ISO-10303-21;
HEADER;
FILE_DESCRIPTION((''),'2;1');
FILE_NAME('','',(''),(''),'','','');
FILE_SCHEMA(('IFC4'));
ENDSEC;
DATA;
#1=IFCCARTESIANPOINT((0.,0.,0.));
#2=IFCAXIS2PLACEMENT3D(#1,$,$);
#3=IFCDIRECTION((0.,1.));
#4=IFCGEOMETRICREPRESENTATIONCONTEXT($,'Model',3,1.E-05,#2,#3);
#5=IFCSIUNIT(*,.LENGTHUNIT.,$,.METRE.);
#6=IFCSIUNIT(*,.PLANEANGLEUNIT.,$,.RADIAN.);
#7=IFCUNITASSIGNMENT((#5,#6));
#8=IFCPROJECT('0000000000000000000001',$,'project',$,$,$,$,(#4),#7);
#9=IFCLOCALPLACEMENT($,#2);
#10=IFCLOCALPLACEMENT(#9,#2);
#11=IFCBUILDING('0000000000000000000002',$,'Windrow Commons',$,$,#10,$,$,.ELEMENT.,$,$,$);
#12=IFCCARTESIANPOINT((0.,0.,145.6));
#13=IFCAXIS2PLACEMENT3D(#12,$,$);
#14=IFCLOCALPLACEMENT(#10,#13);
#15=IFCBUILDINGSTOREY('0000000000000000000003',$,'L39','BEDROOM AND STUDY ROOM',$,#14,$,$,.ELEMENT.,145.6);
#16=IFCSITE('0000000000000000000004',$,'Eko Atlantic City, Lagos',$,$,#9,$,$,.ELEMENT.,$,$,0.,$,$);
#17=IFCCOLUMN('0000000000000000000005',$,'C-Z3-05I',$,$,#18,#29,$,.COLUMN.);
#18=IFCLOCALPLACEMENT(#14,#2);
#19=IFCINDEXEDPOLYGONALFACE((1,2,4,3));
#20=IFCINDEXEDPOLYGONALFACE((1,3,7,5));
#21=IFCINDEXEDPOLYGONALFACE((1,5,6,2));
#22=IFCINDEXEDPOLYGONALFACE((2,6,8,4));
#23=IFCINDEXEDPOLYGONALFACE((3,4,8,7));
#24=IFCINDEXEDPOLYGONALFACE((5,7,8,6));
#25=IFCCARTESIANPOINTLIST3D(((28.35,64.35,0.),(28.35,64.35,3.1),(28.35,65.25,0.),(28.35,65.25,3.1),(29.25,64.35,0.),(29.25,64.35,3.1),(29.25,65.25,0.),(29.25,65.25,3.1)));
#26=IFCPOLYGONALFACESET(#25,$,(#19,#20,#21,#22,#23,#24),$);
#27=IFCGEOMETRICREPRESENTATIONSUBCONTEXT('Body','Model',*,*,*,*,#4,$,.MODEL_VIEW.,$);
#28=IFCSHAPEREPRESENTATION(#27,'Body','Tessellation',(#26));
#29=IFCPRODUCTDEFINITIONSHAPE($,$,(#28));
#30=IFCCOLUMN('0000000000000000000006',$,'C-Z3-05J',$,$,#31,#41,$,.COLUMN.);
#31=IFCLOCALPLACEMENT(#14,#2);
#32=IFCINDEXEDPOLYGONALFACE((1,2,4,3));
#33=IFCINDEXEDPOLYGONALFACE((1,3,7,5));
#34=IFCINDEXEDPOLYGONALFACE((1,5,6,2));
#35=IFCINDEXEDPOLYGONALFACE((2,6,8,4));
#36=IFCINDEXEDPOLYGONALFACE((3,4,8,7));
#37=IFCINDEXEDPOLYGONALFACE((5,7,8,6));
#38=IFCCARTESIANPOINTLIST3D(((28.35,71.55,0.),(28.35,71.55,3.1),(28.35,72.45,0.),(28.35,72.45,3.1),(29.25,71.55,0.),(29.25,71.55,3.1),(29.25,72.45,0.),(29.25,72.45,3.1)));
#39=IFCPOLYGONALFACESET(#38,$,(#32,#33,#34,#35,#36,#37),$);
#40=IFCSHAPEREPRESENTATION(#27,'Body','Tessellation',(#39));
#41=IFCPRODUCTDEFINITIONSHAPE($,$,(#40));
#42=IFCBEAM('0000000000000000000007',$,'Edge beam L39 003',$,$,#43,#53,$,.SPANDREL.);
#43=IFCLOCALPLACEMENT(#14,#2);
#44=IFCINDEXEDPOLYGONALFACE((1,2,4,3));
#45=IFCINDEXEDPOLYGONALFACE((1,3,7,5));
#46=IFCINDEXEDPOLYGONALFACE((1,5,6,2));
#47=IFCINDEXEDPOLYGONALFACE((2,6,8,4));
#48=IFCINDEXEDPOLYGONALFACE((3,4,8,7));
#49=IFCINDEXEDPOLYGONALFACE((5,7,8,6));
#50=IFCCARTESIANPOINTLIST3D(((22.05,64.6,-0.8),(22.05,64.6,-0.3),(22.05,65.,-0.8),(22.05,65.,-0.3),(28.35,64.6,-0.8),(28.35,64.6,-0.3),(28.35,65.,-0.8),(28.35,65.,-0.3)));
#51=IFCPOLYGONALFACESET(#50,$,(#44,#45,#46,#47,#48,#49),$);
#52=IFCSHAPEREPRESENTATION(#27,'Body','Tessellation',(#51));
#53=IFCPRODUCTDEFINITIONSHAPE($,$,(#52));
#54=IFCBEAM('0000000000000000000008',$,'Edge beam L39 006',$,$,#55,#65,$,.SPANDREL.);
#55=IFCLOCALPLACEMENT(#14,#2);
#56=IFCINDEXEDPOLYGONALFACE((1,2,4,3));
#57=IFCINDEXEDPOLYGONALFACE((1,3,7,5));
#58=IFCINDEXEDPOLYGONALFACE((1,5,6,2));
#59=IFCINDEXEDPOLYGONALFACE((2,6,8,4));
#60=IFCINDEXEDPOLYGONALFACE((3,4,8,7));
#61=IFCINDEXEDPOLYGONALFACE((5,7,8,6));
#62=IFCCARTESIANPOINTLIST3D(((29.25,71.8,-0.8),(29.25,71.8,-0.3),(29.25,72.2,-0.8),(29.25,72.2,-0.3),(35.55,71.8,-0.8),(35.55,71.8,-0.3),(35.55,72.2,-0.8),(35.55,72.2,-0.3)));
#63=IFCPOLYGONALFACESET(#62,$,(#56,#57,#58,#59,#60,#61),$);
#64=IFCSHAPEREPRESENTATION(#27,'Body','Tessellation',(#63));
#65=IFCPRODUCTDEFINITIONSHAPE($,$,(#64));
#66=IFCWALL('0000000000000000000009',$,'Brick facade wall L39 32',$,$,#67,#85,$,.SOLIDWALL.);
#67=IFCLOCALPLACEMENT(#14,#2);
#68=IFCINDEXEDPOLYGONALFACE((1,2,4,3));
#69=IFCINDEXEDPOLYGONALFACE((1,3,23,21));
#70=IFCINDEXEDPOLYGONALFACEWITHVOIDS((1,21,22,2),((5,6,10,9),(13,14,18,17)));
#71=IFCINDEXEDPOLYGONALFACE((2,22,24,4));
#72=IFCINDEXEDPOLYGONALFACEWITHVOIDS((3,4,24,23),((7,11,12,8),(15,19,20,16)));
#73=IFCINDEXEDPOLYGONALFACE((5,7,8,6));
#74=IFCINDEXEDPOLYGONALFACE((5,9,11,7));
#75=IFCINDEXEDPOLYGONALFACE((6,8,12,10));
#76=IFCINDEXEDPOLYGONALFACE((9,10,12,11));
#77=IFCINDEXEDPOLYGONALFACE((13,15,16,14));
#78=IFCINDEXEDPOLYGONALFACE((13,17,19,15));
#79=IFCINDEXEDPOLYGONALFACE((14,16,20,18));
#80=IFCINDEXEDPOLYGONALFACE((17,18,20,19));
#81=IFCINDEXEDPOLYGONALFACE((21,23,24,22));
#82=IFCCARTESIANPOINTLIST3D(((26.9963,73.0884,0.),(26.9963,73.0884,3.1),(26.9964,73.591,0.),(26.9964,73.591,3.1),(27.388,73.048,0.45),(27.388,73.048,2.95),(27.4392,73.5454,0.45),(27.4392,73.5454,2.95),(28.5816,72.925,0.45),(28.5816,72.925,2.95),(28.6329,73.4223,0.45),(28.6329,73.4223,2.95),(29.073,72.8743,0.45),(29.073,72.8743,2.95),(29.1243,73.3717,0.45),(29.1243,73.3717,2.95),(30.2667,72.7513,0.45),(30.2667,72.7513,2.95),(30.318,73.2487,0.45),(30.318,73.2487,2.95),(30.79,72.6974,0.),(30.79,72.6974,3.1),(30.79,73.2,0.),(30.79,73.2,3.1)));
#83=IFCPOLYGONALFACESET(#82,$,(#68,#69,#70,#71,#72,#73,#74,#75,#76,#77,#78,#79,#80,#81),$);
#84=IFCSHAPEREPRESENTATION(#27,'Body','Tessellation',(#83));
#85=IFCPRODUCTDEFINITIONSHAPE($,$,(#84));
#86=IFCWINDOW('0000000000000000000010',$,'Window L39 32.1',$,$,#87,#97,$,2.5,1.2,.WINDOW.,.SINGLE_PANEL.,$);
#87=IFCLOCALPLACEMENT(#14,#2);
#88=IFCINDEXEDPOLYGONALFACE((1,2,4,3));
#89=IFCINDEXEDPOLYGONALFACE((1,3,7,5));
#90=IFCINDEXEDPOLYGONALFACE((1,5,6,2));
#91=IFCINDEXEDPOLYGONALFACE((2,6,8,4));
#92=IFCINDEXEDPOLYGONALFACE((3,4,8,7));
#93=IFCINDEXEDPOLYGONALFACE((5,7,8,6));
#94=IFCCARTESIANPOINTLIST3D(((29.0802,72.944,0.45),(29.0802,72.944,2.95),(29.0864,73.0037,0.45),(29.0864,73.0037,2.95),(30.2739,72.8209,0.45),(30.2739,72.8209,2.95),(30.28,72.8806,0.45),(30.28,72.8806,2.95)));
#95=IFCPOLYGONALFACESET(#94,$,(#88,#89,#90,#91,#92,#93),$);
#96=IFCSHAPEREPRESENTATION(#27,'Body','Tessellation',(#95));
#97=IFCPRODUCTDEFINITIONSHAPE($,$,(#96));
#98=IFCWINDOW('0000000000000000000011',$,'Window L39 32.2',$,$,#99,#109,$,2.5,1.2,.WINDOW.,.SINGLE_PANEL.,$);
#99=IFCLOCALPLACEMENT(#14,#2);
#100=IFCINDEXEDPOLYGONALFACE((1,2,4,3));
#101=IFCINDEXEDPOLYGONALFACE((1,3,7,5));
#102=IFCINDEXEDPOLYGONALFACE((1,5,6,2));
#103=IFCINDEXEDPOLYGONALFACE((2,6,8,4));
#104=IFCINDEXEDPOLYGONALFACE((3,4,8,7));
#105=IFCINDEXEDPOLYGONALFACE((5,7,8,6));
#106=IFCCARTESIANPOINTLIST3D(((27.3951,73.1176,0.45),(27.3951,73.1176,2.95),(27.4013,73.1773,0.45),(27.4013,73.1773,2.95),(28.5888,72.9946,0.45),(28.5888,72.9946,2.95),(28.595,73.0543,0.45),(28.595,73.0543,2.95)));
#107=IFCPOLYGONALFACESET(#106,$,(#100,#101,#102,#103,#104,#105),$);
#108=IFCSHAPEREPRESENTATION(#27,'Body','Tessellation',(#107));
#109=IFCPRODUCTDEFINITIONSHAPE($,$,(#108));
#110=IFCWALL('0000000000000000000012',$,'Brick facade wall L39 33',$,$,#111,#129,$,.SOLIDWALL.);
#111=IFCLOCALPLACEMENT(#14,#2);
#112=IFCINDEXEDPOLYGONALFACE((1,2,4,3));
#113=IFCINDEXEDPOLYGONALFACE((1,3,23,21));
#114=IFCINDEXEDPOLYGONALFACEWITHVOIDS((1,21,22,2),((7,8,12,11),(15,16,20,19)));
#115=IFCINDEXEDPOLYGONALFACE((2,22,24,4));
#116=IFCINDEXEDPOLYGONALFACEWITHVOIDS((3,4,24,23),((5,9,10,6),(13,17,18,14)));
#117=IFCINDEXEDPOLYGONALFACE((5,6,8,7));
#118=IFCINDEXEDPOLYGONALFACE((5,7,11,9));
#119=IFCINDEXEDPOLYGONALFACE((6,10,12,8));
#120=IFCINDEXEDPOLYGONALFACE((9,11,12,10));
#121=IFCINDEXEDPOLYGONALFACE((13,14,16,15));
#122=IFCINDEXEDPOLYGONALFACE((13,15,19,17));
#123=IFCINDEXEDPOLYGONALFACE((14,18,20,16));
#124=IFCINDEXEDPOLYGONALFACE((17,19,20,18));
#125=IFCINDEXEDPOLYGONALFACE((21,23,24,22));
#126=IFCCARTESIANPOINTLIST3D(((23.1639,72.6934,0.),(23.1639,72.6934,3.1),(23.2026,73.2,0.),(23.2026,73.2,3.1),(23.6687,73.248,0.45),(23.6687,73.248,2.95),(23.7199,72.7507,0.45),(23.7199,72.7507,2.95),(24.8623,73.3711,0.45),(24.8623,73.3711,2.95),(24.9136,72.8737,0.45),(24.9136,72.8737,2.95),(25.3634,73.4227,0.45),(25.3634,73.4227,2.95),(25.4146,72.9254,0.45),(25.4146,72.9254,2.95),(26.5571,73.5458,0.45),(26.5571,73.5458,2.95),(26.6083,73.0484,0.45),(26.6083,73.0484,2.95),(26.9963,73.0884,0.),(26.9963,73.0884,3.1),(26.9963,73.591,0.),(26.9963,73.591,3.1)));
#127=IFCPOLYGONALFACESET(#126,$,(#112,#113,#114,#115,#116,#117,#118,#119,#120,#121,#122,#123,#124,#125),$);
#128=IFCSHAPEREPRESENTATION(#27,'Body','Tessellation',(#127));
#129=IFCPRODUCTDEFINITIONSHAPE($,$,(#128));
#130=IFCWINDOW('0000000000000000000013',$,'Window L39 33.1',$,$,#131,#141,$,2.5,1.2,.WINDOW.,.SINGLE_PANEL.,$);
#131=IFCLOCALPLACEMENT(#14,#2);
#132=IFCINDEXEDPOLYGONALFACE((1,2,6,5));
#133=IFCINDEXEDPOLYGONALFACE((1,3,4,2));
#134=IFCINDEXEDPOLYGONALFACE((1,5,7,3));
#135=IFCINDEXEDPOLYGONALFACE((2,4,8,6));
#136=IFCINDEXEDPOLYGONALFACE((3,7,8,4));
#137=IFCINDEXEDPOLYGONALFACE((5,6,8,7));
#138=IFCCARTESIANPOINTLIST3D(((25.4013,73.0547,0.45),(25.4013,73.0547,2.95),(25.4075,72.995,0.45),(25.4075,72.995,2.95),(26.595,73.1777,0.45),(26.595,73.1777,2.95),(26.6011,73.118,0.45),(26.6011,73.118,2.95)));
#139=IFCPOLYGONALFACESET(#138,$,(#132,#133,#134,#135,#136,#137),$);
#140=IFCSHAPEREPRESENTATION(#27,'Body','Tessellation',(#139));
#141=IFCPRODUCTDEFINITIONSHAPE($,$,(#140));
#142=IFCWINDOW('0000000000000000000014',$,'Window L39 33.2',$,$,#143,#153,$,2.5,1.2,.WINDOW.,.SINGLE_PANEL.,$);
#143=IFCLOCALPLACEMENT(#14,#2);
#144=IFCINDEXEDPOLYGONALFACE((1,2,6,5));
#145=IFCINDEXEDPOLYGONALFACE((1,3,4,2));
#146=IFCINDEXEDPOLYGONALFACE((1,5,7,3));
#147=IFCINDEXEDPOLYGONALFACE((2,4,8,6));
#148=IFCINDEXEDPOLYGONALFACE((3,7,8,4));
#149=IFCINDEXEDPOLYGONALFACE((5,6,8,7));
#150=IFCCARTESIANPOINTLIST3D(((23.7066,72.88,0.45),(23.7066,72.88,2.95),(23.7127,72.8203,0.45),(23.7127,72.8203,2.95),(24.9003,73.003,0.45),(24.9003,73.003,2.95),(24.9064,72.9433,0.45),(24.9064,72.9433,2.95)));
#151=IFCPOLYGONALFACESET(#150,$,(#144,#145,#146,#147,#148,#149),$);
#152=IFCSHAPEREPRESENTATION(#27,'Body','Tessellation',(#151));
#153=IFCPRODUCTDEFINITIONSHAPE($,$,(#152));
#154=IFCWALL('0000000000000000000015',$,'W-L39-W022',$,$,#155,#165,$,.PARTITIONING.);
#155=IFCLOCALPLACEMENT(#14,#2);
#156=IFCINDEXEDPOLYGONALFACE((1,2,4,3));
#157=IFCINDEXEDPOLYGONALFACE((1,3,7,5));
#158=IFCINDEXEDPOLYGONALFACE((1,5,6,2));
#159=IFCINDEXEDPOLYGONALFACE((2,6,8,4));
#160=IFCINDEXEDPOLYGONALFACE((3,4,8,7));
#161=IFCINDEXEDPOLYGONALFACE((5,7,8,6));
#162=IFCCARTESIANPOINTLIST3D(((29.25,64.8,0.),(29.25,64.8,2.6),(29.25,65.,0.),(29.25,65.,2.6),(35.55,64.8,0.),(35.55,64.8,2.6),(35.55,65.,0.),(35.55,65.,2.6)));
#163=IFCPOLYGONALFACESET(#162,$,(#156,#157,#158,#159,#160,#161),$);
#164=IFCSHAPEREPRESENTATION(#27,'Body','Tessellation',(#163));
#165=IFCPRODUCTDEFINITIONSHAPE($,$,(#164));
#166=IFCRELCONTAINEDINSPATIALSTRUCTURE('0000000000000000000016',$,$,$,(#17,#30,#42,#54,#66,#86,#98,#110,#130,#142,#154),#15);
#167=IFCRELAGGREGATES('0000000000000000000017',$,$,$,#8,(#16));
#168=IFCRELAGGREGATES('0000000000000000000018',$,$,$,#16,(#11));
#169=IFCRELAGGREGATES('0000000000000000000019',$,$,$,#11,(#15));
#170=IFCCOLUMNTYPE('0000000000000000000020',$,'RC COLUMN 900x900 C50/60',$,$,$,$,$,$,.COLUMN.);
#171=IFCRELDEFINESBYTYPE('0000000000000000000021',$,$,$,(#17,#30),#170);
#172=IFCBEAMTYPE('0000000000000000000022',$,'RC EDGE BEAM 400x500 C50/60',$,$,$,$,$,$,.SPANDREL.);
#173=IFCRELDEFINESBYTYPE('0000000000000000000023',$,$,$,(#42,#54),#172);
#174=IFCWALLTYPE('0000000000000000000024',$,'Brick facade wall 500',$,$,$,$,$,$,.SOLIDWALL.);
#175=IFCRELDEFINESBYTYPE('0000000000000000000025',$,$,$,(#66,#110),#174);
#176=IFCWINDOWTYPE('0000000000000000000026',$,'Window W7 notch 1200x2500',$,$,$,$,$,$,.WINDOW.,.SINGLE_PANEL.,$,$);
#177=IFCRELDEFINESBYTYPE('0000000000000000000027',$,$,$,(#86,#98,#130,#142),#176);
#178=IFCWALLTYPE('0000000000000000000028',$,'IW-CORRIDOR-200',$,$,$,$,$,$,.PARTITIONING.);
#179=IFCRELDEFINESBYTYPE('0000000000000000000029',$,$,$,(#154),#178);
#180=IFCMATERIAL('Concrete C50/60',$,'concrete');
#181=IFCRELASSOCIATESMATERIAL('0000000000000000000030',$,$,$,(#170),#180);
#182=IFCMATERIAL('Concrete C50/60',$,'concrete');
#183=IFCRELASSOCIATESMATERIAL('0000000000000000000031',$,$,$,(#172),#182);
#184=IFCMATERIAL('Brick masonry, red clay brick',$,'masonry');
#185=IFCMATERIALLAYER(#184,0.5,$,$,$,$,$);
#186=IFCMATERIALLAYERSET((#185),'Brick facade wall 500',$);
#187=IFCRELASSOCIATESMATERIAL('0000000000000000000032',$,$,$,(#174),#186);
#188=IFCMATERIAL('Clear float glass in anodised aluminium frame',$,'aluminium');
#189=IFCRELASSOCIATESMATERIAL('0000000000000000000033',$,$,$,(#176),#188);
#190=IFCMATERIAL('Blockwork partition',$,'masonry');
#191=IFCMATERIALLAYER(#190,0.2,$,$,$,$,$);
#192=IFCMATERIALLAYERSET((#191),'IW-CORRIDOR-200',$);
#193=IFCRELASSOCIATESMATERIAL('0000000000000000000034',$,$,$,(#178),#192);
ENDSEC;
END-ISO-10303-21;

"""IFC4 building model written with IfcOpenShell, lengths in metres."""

from ifc_helpers import new_model, si_unit, direction, frame, frame_2d, origin, origin_2d, place, context, subcontext, project, spatial, polyline, rectangle, outline, extrude, material, layer, layer_set, material_profile, profile_set, type_object, element, fill, save


model = new_model("IFC4")

# Units and contexts
model_context = context("Model", 3, precision=1e-05, world=origin(), true_north=direction((0.0, 1.0)))
body_context = subcontext(model_context, "Body", "Model", "MODEL_VIEW")
ifc_project = project(units=[si_unit("LENGTHUNIT", "METRE"), si_unit("PLANEANGLEUNIT", "RADIAN")], contexts=[model_context])

# Site, building, storey
site_placement = place(None, origin())
site = spatial("IfcSite", under=ifc_project, at=site_placement, Name="Eko Atlantic City, Lagos", CompositionType="ELEMENT", RefElevation=0.0)
building_placement = place(site_placement, origin())
building = spatial("IfcBuilding", under=site, at=building_placement, Name="Windrow Commons", CompositionType="ELEMENT")
storey_placement = place(building_placement, frame((0.0, 0.0, 145.6)))
storey = spatial("IfcBuildingStorey", under=building, at=storey_placement, Name="L39", Description="BEDROOM AND STUDY ROOM", CompositionType="ELEMENT", Elevation=145.6)

# Columns
ifc_material_1 = material(Name="Concrete C50/60", Category="concrete")
ifc_material_profile_1 = material_profile(ifc_material_1, rectangle(XDim=0.9, YDim=0.9, at=origin_2d()))
ifc_profile_set_1 = profile_set([ifc_material_profile_1], Name="Concrete C50/60")
column_type = type_object("IfcColumnType", Name="RC COLUMN 900x900 C50/60", PredefinedType="COLUMN", material=ifc_profile_set_1)
for number, where, z_axis, x_axis, name in (
    (1, (28.8, 64.8, 0.0), (0.0, 0.0, 1.0), (1.0, 0.0, 0.0), "C-Z3-05I"),
    (2, (28.8, 72.0, 0.0), (0.0, 0.0, 1.0), (1.0, 0.0, 0.0), "C-Z3-05J"),
):
    element("IfcColumn", number, at=place(storey_placement, frame(where, z_axis=z_axis, x_axis=x_axis)), inside=storey, type_object=column_type, Name=name, PredefinedType="COLUMN", context=body_context, shape_type="SweptSolid", body=[
        extrude(rectangle(XDim=0.9, YDim=0.9, at=origin_2d()), origin(), (0.0, 0.0, 1.0), 3.1),
    ])

# Beams
ifc_material_2 = material(Name="Concrete C50/60", Category="concrete")
ifc_material_profile_2 = material_profile(ifc_material_2, rectangle(XDim=0.4, YDim=0.5, at=origin_2d()))
ifc_profile_set_2 = profile_set([ifc_material_profile_2], Name="Concrete C50/60")
beam_type = type_object("IfcBeamType", Name="RC EDGE BEAM 400x500 C50/60", PredefinedType="SPANDREL", material=ifc_profile_set_2)
for number, where, z_axis, x_axis, name in (
    (3, (28.35, 64.8, -0.55), (-1.0, 0.0, 0.0), (0.0, -1.0, 0.0), "Edge beam L39 003"),
    (4, (29.25, 72.0, -0.55), (1.0, 0.0, 0.0), (0.0, 1.0, 0.0), "Edge beam L39 006"),
):
    element("IfcBeam", number, at=place(storey_placement, frame(where, z_axis=z_axis, x_axis=x_axis)), inside=storey, type_object=beam_type, Name=name, PredefinedType="SPANDREL", context=body_context, shape_type="SweptSolid", body=[
        extrude(rectangle(XDim=0.4, YDim=0.5, at=origin_2d()), origin(), (0.0, 0.0, 1.0), 6.3),
    ])

# Walls, openings, windows
ifc_material_3 = material(Name="Brick masonry, red clay brick", Category="masonry")
ifc_layer_1 = layer(ifc_material_3, 0.5)
ifc_layer_set_1 = layer_set([ifc_layer_1], Name="Brick facade wall 500")
wall_type_1 = type_object("IfcWallType", Name="Brick facade wall 500", PredefinedType="SOLIDWALL", material=ifc_layer_set_1)
wall_1_placement = place(storey_placement, frame((30.79, 72.9487, 0.0), z_axis=(0.0, 0.0, 1.0), x_axis=(-0.994731, 0.102523, 0.0)))
wall_1 = element("IfcWall", 5, at=wall_1_placement, inside=storey, type_object=wall_type_1, Name="Brick facade wall L39 32", PredefinedType="SOLIDWALL", context=body_context, shape_type="SweptSolid", body=[
    extrude(outline(polyline([(0.0258, -0.25), (3.8395, -0.25), (3.788, 0.25), (-0.0258, 0.25), (0.0258, -0.25)])), origin(), (0.0, 0.0, 1.0), 3.1),
])
opening_1_placement = place(wall_1_placement, frame((0.5003, 0.0, 0.45)))
opening_1 = element("IfcOpeningElement", 6, at=opening_1_placement, cuts=wall_1, PredefinedType="OPENING", context=body_context, shape_type="SweptSolid", body=[
    extrude(rectangle(XDim=1.2, YDim=2.5, at=frame_2d((0.6, 1.25))), frame((0.0, 0.26, 0.0), z_axis=(0.0, -1.0, 0.0), x_axis=(1.0, 0.0, 0.0)), (0.0, 0.0, 1.0), 0.52),
])
opening_2_placement = place(wall_1_placement, frame((2.1943, 0.0, 0.45)))
opening_2 = element("IfcOpeningElement", 7, at=opening_2_placement, cuts=wall_1, PredefinedType="OPENING", context=body_context, shape_type="SweptSolid", body=[
    extrude(rectangle(XDim=1.2, YDim=2.5, at=frame_2d((0.6, 1.25))), frame((0.0, 0.26, 0.0), z_axis=(0.0, -1.0, 0.0), x_axis=(1.0, 0.0, 0.0)), (0.0, 0.0, 1.0), 0.52),
])
ifc_material_4 = material(Name="Clear float glass in anodised aluminium frame", Category="aluminium")
window_type = type_object("IfcWindowType", Name="Window W7 notch 1200x2500", PartitioningType="SINGLE_PANEL", PredefinedType="WINDOW", material=ifc_material_4)
window_1_placement = place(opening_1_placement, origin())
window_1 = element("IfcWindow", 8, at=window_1_placement, inside=storey, type_object=window_type, Name="Window L39 32.1", OverallHeight=2.5, OverallWidth=1.2, PartitioningType="SINGLE_PANEL", PredefinedType="WINDOW", context=body_context, shape_type="SweptSolid", body=[
    extrude(rectangle(XDim=1.2, YDim=2.5, at=frame_2d((0.6, 1.25))), frame((0.0, 0.18, 0.0), z_axis=(0.0, -1.0, 0.0), x_axis=(1.0, 0.0, 0.0)), (0.0, 0.0, 1.0), 0.06),
])
fill(opening_1, window_1)
window_2_placement = place(opening_2_placement, origin())
window_2 = element("IfcWindow", 9, at=window_2_placement, inside=storey, type_object=window_type, Name="Window L39 32.2", OverallHeight=2.5, OverallWidth=1.2, PartitioningType="SINGLE_PANEL", PredefinedType="WINDOW", context=body_context, shape_type="SweptSolid", body=[
    extrude(rectangle(XDim=1.2, YDim=2.5, at=frame_2d((0.6, 1.25))), frame((0.0, 0.18, 0.0), z_axis=(0.0, -1.0, 0.0), x_axis=(1.0, 0.0, 0.0)), (0.0, 0.0, 1.0), 0.06),
])
fill(opening_2, window_2)
wall_2_placement = place(storey_placement, frame((26.9963, 73.3397, 0.0), z_axis=(0.0, 0.0, 1.0), x_axis=(-0.99473, -0.102525, 0.0)))
wall_2 = element("IfcWall", 10, at=wall_2_placement, inside=storey, type_object=wall_type_1, Name="Brick facade wall L39 33", PredefinedType="SOLIDWALL", context=body_context, shape_type="SweptSolid", body=[
    extrude(outline(polyline([(-0.0258, -0.25), (3.788, -0.25), (3.8785, 0.25), (0.0258, 0.25), (-0.0258, -0.25)])), origin(), (0.0, 0.0, 1.0), 3.1),
])
opening_3_placement = place(wall_2_placement, frame((0.4158, 0.0, 0.45)))
opening_3 = element("IfcOpeningElement", 11, at=opening_3_placement, cuts=wall_2, PredefinedType="OPENING", context=body_context, shape_type="SweptSolid", body=[
    extrude(rectangle(XDim=1.2, YDim=2.5, at=frame_2d((0.6, 1.25))), frame((0.0, 0.26, 0.0), z_axis=(0.0, -1.0, 0.0), x_axis=(1.0, 0.0, 0.0)), (0.0, 0.0, 1.0), 0.52),
])
opening_4_placement = place(wall_2_placement, frame((2.1195, 0.0, 0.45)))
opening_4 = element("IfcOpeningElement", 12, at=opening_4_placement, cuts=wall_2, PredefinedType="OPENING", context=body_context, shape_type="SweptSolid", body=[
    extrude(rectangle(XDim=1.2, YDim=2.5, at=frame_2d((0.6, 1.25))), frame((0.0, 0.26, 0.0), z_axis=(0.0, -1.0, 0.0), x_axis=(1.0, 0.0, 0.0)), (0.0, 0.0, 1.0), 0.52),
])
window_3_placement = place(opening_3_placement, origin())
window_3 = element("IfcWindow", 13, at=window_3_placement, inside=storey, type_object=window_type, Name="Window L39 33.1", OverallHeight=2.5, OverallWidth=1.2, PartitioningType="SINGLE_PANEL", PredefinedType="WINDOW", context=body_context, shape_type="SweptSolid", body=[
    extrude(rectangle(XDim=1.2, YDim=2.5, at=frame_2d((0.6, 1.25))), frame((0.0, 0.18, 0.0), z_axis=(0.0, -1.0, 0.0), x_axis=(1.0, 0.0, 0.0)), (0.0, 0.0, 1.0), 0.06),
])
fill(opening_3, window_3)
window_4_placement = place(opening_4_placement, origin())
window_4 = element("IfcWindow", 14, at=window_4_placement, inside=storey, type_object=window_type, Name="Window L39 33.2", OverallHeight=2.5, OverallWidth=1.2, PartitioningType="SINGLE_PANEL", PredefinedType="WINDOW", context=body_context, shape_type="SweptSolid", body=[
    extrude(rectangle(XDim=1.2, YDim=2.5, at=frame_2d((0.6, 1.25))), frame((0.0, 0.18, 0.0), z_axis=(0.0, -1.0, 0.0), x_axis=(1.0, 0.0, 0.0)), (0.0, 0.0, 1.0), 0.06),
])
fill(opening_4, window_4)

# Wall
ifc_material_5 = material(Name="Blockwork partition", Category="masonry")
ifc_layer_2 = layer(ifc_material_5, 0.2)
ifc_layer_set_2 = layer_set([ifc_layer_2], Name="IW-CORRIDOR-200")
wall_type_2 = type_object("IfcWallType", Name="IW-CORRIDOR-200", PredefinedType="PARTITIONING", material=ifc_layer_set_2)
wall_3_placement = place(storey_placement, frame((29.25, 64.9, 0.0), z_axis=(0.0, 0.0, 1.0), x_axis=(1.0, 0.0, 0.0)))
element("IfcWall", 15, at=wall_3_placement, inside=storey, type_object=wall_type_2, Name="W-L39-W022", PredefinedType="PARTITIONING", context=body_context, shape_type="SweptSolid", body=[
    extrude(rectangle(XDim=6.3, YDim=0.2, at=frame_2d((3.15, 0.0))), origin(), (0.0, 0.0, 1.0), 2.6),
])

save(model, "model.ifc")
